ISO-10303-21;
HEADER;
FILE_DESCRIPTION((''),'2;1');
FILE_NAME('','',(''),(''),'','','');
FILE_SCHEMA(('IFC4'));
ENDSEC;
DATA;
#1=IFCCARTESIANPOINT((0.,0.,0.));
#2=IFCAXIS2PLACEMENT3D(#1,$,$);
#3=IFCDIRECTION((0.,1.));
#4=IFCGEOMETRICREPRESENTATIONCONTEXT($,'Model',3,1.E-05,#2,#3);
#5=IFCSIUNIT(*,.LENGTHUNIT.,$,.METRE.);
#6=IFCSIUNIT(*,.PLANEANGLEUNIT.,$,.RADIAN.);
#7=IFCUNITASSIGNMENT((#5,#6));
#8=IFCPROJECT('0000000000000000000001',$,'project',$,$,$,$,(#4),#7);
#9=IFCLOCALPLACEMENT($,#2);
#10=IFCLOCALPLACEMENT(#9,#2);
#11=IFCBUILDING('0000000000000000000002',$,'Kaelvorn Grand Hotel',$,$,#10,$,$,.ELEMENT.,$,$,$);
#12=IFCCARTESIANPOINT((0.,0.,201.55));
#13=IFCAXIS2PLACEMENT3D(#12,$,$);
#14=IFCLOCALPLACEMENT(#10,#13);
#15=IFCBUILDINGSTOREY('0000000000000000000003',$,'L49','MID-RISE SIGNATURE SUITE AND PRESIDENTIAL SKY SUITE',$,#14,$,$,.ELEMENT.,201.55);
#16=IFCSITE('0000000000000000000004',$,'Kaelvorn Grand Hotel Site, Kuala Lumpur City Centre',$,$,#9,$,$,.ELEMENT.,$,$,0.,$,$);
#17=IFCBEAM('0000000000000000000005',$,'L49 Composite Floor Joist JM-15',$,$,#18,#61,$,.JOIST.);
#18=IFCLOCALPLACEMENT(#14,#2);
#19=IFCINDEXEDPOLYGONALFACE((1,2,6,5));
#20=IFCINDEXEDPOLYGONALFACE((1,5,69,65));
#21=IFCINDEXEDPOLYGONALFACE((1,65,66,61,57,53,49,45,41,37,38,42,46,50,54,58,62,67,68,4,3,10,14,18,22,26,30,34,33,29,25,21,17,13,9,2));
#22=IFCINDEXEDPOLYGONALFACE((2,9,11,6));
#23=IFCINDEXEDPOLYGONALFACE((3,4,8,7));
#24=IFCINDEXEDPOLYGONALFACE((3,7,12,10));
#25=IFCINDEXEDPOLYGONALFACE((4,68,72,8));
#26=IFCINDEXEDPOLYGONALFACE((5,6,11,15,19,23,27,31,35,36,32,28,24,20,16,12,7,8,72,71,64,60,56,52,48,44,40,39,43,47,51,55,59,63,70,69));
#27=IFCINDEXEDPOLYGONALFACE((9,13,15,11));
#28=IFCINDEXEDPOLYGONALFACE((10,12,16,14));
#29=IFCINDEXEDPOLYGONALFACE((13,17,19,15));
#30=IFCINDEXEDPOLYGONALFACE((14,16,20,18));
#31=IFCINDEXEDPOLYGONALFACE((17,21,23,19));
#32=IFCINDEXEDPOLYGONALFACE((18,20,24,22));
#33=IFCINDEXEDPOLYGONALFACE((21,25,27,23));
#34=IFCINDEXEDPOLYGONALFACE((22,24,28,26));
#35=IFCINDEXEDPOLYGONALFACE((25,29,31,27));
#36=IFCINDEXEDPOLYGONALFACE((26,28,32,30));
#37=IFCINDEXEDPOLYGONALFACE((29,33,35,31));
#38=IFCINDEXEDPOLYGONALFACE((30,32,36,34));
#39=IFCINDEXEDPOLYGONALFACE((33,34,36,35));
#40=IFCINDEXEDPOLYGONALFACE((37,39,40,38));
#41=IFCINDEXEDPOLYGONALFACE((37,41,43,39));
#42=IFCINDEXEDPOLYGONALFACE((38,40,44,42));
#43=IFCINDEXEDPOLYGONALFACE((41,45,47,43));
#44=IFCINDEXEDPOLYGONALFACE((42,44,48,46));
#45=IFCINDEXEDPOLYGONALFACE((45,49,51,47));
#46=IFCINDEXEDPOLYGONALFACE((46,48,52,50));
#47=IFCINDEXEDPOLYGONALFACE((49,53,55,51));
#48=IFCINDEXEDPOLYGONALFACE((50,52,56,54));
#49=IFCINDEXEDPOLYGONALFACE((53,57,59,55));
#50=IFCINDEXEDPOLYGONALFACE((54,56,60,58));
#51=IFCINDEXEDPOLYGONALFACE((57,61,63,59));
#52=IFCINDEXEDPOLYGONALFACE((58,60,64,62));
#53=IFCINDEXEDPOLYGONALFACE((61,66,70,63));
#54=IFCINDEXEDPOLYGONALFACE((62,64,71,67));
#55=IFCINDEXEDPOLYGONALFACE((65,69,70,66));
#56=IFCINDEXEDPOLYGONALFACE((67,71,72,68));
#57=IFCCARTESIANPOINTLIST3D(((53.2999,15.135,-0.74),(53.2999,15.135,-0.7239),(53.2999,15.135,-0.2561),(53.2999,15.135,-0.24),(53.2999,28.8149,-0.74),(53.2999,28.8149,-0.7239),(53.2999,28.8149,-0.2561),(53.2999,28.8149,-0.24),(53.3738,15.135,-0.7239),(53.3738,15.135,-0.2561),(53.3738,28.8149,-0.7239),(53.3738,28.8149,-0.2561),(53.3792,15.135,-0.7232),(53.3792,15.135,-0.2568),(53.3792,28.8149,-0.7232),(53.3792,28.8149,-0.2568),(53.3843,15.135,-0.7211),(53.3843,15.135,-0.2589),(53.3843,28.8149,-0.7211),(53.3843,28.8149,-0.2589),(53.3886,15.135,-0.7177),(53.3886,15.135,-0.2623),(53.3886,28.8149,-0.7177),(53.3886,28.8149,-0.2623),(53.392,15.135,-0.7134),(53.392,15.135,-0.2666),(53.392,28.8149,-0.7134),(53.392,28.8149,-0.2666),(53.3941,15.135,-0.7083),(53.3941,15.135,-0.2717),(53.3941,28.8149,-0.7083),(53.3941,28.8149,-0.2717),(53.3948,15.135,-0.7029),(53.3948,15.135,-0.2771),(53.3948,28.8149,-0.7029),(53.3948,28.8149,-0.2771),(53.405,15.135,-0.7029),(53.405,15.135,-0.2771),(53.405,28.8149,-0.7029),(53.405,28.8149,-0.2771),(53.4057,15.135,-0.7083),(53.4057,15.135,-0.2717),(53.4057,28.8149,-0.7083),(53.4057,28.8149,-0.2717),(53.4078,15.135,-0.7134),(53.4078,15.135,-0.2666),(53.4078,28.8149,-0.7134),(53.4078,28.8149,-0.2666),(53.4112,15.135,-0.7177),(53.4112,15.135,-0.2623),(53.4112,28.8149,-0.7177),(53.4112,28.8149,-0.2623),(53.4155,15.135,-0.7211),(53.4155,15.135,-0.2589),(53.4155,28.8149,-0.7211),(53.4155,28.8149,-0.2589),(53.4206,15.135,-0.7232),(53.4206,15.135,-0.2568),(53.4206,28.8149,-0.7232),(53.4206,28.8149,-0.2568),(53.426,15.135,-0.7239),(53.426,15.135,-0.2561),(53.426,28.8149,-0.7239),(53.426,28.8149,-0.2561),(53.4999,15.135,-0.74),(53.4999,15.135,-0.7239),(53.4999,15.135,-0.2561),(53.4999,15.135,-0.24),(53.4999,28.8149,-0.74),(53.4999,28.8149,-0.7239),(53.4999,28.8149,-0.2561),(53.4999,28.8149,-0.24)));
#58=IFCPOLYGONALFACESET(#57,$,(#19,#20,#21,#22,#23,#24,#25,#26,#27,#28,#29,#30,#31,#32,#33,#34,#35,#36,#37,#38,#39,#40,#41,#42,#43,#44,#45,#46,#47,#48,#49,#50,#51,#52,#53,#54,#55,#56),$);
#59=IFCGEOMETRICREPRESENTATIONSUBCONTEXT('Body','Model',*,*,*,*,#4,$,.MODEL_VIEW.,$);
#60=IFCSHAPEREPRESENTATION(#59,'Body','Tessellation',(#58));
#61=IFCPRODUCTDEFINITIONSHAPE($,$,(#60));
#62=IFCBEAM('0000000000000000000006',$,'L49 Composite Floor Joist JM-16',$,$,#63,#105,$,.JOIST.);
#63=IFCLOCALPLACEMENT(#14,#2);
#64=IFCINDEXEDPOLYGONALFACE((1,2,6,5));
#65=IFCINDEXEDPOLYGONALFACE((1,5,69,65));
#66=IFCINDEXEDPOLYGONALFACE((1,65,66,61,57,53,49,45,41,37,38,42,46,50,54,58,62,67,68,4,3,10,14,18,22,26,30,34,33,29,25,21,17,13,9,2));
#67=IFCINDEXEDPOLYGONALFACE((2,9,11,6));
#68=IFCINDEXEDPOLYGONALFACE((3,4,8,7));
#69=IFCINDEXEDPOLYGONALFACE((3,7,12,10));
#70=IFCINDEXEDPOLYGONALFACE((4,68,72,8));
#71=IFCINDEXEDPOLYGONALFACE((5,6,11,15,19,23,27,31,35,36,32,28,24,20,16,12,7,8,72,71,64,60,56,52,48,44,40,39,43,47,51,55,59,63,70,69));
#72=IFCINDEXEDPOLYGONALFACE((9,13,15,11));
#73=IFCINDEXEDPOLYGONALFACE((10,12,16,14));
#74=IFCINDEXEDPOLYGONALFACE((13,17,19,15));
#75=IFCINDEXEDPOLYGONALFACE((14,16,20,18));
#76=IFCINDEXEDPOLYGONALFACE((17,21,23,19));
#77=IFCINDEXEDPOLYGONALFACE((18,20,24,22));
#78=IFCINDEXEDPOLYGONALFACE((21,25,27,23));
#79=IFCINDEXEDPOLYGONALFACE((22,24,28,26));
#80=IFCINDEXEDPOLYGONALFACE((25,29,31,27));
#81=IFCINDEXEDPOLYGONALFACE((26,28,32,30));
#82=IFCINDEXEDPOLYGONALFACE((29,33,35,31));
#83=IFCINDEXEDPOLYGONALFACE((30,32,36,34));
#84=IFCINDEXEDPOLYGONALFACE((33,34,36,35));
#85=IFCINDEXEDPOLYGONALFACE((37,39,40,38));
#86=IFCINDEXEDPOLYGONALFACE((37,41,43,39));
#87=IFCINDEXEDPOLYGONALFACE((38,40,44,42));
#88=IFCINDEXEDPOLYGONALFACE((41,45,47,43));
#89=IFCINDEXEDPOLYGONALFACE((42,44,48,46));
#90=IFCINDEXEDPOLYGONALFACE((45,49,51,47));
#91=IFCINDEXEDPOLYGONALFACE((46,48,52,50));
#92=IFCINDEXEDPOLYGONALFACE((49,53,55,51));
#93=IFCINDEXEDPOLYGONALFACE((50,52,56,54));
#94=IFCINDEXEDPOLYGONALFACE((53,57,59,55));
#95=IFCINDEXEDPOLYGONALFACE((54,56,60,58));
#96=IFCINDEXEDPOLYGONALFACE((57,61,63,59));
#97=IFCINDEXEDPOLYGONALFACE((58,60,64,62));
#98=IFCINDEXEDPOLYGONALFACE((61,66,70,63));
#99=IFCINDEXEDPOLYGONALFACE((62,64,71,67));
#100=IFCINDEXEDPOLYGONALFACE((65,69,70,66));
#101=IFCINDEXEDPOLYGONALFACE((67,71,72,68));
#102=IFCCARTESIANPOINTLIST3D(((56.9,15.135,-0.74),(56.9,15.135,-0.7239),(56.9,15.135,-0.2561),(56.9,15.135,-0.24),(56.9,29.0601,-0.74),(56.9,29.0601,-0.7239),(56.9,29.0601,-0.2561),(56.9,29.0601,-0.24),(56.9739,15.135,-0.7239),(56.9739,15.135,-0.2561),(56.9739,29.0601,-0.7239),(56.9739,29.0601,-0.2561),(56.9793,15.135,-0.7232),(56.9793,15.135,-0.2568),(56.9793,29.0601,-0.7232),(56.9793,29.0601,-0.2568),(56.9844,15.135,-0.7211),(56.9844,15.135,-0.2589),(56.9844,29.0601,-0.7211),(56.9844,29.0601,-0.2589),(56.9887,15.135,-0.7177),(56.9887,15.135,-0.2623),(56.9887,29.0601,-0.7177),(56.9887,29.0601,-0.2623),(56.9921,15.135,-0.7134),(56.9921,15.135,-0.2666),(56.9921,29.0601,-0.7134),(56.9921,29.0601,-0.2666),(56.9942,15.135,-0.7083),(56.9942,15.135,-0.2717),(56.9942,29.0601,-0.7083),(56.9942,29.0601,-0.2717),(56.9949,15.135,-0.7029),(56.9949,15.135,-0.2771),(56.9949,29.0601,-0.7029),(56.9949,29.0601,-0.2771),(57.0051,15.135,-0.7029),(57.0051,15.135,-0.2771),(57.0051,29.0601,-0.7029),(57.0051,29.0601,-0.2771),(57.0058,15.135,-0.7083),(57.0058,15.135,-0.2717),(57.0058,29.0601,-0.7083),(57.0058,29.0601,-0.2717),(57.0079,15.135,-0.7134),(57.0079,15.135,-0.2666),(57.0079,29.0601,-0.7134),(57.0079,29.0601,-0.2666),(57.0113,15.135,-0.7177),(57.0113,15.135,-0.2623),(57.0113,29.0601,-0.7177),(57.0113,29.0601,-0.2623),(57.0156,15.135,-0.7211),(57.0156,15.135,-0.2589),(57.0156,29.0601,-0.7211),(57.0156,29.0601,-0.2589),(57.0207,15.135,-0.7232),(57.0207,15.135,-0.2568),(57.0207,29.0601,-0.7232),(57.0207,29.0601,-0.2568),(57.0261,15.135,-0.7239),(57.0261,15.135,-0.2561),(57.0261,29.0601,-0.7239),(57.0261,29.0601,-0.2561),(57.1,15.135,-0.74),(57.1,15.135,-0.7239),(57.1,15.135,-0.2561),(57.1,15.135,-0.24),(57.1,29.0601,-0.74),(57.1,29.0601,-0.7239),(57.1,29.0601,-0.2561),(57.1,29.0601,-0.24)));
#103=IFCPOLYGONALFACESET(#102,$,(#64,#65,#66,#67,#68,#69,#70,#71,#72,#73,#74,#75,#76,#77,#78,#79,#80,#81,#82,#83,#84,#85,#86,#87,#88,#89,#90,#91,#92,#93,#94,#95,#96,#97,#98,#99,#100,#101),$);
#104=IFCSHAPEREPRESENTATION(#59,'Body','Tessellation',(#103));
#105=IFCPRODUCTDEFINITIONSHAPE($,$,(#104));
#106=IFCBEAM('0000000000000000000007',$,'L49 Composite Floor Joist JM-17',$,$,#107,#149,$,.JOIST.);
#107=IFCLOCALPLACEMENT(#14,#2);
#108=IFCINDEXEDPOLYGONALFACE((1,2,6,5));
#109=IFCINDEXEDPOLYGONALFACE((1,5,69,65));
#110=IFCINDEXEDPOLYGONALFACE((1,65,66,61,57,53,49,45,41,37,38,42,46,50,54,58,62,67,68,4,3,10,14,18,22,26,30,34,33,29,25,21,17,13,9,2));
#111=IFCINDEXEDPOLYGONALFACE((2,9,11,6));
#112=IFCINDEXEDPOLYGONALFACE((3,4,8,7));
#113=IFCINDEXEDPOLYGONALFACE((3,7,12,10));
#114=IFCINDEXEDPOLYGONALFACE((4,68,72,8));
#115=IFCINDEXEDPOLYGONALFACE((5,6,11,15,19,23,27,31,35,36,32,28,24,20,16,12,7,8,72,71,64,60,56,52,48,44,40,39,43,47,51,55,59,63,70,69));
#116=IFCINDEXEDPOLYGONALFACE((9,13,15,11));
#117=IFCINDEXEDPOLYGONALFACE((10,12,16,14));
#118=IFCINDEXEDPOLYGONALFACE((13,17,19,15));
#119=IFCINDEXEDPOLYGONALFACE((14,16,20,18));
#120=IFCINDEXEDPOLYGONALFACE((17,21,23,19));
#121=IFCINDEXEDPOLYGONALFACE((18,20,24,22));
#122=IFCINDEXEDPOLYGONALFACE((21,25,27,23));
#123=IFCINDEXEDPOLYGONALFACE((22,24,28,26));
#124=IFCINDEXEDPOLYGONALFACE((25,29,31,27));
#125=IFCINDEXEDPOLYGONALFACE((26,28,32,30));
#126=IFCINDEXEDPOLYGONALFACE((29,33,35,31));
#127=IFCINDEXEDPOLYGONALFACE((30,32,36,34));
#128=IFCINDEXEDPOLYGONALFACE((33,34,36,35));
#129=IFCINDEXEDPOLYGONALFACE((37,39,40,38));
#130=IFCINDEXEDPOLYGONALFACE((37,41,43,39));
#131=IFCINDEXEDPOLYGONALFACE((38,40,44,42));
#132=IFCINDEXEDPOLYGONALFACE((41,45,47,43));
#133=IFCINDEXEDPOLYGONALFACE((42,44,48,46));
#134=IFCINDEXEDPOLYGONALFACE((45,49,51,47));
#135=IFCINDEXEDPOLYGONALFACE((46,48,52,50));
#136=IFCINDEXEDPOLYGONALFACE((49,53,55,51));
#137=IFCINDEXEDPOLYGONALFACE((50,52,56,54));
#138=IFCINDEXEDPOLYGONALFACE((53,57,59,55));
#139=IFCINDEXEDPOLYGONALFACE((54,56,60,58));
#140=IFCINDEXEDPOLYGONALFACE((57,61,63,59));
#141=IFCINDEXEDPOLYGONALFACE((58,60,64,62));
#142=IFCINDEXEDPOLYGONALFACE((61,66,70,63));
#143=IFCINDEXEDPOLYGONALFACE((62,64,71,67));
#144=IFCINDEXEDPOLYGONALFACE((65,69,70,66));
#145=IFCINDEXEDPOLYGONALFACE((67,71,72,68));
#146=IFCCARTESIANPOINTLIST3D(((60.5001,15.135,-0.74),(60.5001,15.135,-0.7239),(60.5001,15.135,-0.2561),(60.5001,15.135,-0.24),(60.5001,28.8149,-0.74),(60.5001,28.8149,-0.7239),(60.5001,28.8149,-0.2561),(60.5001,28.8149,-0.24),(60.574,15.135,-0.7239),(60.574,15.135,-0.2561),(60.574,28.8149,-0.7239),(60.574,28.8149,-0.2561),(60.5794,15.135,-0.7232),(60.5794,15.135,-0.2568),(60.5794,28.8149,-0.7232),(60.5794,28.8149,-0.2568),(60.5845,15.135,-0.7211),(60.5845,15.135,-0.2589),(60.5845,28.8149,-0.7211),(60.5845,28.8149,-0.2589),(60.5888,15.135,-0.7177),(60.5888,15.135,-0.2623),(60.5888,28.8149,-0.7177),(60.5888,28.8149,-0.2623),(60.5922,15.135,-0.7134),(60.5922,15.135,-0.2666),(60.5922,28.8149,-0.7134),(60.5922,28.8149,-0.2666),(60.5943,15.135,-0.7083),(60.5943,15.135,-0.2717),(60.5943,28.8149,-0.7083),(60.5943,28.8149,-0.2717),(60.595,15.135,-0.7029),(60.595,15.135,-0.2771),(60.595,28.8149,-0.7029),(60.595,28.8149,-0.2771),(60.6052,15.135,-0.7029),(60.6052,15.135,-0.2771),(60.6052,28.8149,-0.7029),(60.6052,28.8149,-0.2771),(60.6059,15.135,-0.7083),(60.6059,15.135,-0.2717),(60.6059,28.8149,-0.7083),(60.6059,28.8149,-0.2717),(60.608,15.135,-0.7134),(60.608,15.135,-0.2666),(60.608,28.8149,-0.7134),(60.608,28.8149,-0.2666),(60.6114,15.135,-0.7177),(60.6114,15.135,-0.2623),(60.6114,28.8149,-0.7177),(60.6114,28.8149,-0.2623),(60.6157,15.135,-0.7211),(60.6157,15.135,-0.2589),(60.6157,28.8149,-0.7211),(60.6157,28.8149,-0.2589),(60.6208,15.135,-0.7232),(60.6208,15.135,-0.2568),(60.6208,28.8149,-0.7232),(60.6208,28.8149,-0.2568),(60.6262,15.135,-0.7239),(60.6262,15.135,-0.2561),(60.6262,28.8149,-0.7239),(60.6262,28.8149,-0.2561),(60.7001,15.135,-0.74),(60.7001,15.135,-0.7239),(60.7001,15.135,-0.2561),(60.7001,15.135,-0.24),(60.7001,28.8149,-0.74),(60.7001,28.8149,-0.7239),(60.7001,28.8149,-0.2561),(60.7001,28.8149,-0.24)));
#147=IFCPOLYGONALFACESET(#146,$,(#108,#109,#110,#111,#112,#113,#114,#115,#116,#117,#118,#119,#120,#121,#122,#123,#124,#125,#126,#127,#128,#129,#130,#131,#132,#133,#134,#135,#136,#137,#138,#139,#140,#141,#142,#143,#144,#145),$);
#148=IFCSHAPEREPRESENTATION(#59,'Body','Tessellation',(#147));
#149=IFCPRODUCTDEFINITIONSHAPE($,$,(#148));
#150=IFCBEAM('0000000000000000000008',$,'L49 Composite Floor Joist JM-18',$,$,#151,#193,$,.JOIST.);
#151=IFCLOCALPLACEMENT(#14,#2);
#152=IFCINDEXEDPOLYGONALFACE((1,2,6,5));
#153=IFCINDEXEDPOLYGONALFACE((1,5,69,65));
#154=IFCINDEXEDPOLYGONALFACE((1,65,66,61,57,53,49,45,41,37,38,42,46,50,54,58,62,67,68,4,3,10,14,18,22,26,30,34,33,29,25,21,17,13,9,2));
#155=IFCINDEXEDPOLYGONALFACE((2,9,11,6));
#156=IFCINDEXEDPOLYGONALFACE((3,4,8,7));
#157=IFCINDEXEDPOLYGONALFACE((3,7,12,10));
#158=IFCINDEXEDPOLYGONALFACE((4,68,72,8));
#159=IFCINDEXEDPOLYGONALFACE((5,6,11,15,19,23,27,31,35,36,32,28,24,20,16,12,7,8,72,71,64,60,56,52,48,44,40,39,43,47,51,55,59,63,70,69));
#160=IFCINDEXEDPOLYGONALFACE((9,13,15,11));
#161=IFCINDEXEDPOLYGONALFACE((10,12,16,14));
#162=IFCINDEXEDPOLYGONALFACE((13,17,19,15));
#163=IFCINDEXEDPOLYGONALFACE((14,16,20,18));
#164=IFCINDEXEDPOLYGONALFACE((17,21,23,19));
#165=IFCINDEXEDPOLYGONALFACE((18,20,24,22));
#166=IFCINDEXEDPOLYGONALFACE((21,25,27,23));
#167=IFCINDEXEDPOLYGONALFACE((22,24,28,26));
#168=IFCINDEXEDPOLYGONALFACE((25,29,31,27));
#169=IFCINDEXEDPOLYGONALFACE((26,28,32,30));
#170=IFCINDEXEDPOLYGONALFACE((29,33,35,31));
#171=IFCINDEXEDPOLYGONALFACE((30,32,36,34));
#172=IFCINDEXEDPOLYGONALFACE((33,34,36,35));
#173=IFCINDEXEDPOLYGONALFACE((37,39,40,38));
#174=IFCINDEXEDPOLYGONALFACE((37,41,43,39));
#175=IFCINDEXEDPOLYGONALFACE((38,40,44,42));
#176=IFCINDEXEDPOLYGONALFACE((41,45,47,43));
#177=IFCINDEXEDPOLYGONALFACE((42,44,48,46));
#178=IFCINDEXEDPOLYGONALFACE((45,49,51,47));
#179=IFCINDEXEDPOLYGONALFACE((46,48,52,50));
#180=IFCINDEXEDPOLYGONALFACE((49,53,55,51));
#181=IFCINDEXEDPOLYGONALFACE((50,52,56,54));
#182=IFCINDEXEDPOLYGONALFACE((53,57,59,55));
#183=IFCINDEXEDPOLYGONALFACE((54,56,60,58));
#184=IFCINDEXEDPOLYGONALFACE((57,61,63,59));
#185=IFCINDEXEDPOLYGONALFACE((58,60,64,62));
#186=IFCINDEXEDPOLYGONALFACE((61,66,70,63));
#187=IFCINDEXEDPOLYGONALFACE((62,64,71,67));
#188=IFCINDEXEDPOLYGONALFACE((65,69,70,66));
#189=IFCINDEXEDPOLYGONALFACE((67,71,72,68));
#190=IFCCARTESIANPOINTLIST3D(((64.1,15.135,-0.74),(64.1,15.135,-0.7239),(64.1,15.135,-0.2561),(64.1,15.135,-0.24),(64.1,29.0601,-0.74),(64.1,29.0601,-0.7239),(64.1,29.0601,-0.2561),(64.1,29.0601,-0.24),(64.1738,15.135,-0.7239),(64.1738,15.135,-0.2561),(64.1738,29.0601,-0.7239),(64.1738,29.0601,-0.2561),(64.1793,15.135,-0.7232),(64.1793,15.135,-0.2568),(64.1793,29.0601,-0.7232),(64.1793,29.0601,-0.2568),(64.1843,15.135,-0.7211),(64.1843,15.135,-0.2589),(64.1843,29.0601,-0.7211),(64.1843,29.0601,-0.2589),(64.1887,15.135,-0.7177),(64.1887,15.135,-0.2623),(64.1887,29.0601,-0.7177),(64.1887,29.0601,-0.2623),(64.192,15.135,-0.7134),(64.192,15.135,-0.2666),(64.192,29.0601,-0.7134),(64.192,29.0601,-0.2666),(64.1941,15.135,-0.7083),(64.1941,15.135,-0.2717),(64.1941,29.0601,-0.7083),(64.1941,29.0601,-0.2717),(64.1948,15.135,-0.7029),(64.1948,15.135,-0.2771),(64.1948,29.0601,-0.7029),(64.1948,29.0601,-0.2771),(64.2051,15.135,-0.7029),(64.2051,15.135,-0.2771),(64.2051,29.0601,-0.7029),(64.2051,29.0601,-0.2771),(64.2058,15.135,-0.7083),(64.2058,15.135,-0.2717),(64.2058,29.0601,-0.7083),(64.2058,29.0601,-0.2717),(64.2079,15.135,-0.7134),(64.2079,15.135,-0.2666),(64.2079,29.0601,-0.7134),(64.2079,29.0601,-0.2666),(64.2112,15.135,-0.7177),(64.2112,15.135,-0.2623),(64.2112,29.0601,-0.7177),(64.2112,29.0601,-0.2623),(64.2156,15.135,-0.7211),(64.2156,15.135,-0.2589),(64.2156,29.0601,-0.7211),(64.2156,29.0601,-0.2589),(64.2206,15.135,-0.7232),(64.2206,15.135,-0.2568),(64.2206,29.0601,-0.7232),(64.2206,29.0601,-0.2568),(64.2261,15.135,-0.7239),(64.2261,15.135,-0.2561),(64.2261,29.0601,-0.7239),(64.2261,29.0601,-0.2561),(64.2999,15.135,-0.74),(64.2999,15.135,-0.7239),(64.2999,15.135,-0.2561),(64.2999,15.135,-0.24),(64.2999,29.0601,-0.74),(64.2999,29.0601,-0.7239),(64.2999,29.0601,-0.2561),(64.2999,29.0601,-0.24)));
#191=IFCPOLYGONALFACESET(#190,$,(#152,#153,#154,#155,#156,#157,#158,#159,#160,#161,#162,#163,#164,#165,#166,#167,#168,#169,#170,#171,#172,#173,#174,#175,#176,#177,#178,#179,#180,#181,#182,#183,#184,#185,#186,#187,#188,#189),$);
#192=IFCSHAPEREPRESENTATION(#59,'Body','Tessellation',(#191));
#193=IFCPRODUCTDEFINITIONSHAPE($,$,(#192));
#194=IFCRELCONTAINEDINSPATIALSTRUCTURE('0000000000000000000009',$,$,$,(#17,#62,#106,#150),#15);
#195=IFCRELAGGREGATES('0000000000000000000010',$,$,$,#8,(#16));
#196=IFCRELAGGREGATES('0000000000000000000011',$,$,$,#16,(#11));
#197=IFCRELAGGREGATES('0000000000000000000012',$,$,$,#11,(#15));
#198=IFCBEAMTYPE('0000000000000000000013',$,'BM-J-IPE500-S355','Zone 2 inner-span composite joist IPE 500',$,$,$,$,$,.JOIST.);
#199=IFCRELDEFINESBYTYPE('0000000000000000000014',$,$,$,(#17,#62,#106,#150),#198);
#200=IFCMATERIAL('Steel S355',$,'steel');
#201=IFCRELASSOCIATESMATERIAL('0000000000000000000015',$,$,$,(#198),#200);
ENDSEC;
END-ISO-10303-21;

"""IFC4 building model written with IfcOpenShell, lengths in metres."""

from ifc_helpers import new_model, si_unit, direction, frame, origin, origin_2d, place, context, subcontext, project, spatial, i_section, extrude, material, material_profile, profile_set, type_object, element, save


model = new_model("IFC4")

# Units and contexts
model_context = context("Model", 3, precision=1e-05, world=origin(), true_north=direction((0.0, 1.0)))
body_context = subcontext(model_context, "Body", "Model", "MODEL_VIEW")
ifc_project = project(units=[si_unit("LENGTHUNIT", "METRE"), si_unit("PLANEANGLEUNIT", "RADIAN")], contexts=[model_context])

# Site, building, storey
site_placement = place(None, origin())
site = spatial("IfcSite", under=ifc_project, at=site_placement, Name="Kaelvorn Grand Hotel Site, Kuala Lumpur City Centre", CompositionType="ELEMENT", RefElevation=0.0)
building_placement = place(site_placement, origin())
building = spatial("IfcBuilding", under=site, at=building_placement, Name="Kaelvorn Grand Hotel", CompositionType="ELEMENT")
storey_placement = place(building_placement, frame((0.0, 0.0, 201.55)))
storey = spatial("IfcBuildingStorey", under=building, at=storey_placement, Name="L49", Description="MID-RISE SIGNATURE SUITE AND PRESIDENTIAL SKY SUITE", CompositionType="ELEMENT", Elevation=201.55)

# Beams
ifc_material_1 = material(Name="Steel S355", Category="steel")
ifc_material_profile_1 = material_profile(ifc_material_1, i_section(OverallWidth=0.2, OverallDepth=0.5, WebThickness=0.0103, FlangeThickness=0.0161, FilletRadius=0.021, at=origin_2d()), Name="IPE 500")
ifc_profile_set_1 = profile_set([ifc_material_profile_1], Name="Steel S355")
beam_type_1 = type_object("IfcBeamType", Name="BM-J-IPE500-S355", Description="Zone 2 inner-span composite joist IPE 500", PredefinedType="JOIST", material=ifc_profile_set_1)
beam_1_placement = place(storey_placement, frame((53.3999, 15.135, -0.49), z_axis=(0.0, 1.0, 0.0), x_axis=(-1.0, 0.0, 0.0)))
element("IfcBeam", 1, at=beam_1_placement, inside=storey, type_object=beam_type_1, Name="L49 Composite Floor Joist JM-15", PredefinedType="JOIST", context=body_context, shape_type="SweptSolid", body=[
    extrude(i_section(OverallWidth=0.2, OverallDepth=0.5, WebThickness=0.0103, FlangeThickness=0.0161, FilletRadius=0.021, at=origin_2d()), origin(), (0.0, 0.0, 1.0), 13.6799),
])
beam_2_placement = place(storey_placement, frame((57.0, 15.135, -0.49), z_axis=(0.0, 1.0, 0.0), x_axis=(-1.0, 0.0, 0.0)))
element("IfcBeam", 2, at=beam_2_placement, inside=storey, type_object=beam_type_1, Name="L49 Composite Floor Joist JM-16", PredefinedType="JOIST", context=body_context, shape_type="SweptSolid", body=[
    extrude(i_section(OverallWidth=0.2, OverallDepth=0.5, WebThickness=0.0103, FlangeThickness=0.0161, FilletRadius=0.021, at=origin_2d()), origin(), (0.0, 0.0, 1.0), 13.925),
])
beam_3_placement = place(storey_placement, frame((60.6001, 15.135, -0.49), z_axis=(0.0, 1.0, 0.0), x_axis=(-1.0, 0.0, 0.0)))
element("IfcBeam", 3, at=beam_3_placement, inside=storey, type_object=beam_type_1, Name="L49 Composite Floor Joist JM-17", PredefinedType="JOIST", context=body_context, shape_type="SweptSolid", body=[
    extrude(i_section(OverallWidth=0.2, OverallDepth=0.5, WebThickness=0.0103, FlangeThickness=0.0161, FilletRadius=0.021, at=origin_2d()), origin(), (0.0, 0.0, 1.0), 13.6799),
])
beam_4_placement = place(storey_placement, frame((64.2, 15.135, -0.49), z_axis=(0.0, 1.0, 0.0), x_axis=(-1.0, 0.0, 0.0)))
element("IfcBeam", 4, at=beam_4_placement, inside=storey, type_object=beam_type_1, Name="L49 Composite Floor Joist JM-18", PredefinedType="JOIST", context=body_context, shape_type="SweptSolid", body=[
    extrude(i_section(OverallWidth=0.2, OverallDepth=0.5, WebThickness=0.0103, FlangeThickness=0.0161, FilletRadius=0.021, at=origin_2d()), origin(), (0.0, 0.0, 1.0), 13.925),
])

save(model, "model.ifc")
